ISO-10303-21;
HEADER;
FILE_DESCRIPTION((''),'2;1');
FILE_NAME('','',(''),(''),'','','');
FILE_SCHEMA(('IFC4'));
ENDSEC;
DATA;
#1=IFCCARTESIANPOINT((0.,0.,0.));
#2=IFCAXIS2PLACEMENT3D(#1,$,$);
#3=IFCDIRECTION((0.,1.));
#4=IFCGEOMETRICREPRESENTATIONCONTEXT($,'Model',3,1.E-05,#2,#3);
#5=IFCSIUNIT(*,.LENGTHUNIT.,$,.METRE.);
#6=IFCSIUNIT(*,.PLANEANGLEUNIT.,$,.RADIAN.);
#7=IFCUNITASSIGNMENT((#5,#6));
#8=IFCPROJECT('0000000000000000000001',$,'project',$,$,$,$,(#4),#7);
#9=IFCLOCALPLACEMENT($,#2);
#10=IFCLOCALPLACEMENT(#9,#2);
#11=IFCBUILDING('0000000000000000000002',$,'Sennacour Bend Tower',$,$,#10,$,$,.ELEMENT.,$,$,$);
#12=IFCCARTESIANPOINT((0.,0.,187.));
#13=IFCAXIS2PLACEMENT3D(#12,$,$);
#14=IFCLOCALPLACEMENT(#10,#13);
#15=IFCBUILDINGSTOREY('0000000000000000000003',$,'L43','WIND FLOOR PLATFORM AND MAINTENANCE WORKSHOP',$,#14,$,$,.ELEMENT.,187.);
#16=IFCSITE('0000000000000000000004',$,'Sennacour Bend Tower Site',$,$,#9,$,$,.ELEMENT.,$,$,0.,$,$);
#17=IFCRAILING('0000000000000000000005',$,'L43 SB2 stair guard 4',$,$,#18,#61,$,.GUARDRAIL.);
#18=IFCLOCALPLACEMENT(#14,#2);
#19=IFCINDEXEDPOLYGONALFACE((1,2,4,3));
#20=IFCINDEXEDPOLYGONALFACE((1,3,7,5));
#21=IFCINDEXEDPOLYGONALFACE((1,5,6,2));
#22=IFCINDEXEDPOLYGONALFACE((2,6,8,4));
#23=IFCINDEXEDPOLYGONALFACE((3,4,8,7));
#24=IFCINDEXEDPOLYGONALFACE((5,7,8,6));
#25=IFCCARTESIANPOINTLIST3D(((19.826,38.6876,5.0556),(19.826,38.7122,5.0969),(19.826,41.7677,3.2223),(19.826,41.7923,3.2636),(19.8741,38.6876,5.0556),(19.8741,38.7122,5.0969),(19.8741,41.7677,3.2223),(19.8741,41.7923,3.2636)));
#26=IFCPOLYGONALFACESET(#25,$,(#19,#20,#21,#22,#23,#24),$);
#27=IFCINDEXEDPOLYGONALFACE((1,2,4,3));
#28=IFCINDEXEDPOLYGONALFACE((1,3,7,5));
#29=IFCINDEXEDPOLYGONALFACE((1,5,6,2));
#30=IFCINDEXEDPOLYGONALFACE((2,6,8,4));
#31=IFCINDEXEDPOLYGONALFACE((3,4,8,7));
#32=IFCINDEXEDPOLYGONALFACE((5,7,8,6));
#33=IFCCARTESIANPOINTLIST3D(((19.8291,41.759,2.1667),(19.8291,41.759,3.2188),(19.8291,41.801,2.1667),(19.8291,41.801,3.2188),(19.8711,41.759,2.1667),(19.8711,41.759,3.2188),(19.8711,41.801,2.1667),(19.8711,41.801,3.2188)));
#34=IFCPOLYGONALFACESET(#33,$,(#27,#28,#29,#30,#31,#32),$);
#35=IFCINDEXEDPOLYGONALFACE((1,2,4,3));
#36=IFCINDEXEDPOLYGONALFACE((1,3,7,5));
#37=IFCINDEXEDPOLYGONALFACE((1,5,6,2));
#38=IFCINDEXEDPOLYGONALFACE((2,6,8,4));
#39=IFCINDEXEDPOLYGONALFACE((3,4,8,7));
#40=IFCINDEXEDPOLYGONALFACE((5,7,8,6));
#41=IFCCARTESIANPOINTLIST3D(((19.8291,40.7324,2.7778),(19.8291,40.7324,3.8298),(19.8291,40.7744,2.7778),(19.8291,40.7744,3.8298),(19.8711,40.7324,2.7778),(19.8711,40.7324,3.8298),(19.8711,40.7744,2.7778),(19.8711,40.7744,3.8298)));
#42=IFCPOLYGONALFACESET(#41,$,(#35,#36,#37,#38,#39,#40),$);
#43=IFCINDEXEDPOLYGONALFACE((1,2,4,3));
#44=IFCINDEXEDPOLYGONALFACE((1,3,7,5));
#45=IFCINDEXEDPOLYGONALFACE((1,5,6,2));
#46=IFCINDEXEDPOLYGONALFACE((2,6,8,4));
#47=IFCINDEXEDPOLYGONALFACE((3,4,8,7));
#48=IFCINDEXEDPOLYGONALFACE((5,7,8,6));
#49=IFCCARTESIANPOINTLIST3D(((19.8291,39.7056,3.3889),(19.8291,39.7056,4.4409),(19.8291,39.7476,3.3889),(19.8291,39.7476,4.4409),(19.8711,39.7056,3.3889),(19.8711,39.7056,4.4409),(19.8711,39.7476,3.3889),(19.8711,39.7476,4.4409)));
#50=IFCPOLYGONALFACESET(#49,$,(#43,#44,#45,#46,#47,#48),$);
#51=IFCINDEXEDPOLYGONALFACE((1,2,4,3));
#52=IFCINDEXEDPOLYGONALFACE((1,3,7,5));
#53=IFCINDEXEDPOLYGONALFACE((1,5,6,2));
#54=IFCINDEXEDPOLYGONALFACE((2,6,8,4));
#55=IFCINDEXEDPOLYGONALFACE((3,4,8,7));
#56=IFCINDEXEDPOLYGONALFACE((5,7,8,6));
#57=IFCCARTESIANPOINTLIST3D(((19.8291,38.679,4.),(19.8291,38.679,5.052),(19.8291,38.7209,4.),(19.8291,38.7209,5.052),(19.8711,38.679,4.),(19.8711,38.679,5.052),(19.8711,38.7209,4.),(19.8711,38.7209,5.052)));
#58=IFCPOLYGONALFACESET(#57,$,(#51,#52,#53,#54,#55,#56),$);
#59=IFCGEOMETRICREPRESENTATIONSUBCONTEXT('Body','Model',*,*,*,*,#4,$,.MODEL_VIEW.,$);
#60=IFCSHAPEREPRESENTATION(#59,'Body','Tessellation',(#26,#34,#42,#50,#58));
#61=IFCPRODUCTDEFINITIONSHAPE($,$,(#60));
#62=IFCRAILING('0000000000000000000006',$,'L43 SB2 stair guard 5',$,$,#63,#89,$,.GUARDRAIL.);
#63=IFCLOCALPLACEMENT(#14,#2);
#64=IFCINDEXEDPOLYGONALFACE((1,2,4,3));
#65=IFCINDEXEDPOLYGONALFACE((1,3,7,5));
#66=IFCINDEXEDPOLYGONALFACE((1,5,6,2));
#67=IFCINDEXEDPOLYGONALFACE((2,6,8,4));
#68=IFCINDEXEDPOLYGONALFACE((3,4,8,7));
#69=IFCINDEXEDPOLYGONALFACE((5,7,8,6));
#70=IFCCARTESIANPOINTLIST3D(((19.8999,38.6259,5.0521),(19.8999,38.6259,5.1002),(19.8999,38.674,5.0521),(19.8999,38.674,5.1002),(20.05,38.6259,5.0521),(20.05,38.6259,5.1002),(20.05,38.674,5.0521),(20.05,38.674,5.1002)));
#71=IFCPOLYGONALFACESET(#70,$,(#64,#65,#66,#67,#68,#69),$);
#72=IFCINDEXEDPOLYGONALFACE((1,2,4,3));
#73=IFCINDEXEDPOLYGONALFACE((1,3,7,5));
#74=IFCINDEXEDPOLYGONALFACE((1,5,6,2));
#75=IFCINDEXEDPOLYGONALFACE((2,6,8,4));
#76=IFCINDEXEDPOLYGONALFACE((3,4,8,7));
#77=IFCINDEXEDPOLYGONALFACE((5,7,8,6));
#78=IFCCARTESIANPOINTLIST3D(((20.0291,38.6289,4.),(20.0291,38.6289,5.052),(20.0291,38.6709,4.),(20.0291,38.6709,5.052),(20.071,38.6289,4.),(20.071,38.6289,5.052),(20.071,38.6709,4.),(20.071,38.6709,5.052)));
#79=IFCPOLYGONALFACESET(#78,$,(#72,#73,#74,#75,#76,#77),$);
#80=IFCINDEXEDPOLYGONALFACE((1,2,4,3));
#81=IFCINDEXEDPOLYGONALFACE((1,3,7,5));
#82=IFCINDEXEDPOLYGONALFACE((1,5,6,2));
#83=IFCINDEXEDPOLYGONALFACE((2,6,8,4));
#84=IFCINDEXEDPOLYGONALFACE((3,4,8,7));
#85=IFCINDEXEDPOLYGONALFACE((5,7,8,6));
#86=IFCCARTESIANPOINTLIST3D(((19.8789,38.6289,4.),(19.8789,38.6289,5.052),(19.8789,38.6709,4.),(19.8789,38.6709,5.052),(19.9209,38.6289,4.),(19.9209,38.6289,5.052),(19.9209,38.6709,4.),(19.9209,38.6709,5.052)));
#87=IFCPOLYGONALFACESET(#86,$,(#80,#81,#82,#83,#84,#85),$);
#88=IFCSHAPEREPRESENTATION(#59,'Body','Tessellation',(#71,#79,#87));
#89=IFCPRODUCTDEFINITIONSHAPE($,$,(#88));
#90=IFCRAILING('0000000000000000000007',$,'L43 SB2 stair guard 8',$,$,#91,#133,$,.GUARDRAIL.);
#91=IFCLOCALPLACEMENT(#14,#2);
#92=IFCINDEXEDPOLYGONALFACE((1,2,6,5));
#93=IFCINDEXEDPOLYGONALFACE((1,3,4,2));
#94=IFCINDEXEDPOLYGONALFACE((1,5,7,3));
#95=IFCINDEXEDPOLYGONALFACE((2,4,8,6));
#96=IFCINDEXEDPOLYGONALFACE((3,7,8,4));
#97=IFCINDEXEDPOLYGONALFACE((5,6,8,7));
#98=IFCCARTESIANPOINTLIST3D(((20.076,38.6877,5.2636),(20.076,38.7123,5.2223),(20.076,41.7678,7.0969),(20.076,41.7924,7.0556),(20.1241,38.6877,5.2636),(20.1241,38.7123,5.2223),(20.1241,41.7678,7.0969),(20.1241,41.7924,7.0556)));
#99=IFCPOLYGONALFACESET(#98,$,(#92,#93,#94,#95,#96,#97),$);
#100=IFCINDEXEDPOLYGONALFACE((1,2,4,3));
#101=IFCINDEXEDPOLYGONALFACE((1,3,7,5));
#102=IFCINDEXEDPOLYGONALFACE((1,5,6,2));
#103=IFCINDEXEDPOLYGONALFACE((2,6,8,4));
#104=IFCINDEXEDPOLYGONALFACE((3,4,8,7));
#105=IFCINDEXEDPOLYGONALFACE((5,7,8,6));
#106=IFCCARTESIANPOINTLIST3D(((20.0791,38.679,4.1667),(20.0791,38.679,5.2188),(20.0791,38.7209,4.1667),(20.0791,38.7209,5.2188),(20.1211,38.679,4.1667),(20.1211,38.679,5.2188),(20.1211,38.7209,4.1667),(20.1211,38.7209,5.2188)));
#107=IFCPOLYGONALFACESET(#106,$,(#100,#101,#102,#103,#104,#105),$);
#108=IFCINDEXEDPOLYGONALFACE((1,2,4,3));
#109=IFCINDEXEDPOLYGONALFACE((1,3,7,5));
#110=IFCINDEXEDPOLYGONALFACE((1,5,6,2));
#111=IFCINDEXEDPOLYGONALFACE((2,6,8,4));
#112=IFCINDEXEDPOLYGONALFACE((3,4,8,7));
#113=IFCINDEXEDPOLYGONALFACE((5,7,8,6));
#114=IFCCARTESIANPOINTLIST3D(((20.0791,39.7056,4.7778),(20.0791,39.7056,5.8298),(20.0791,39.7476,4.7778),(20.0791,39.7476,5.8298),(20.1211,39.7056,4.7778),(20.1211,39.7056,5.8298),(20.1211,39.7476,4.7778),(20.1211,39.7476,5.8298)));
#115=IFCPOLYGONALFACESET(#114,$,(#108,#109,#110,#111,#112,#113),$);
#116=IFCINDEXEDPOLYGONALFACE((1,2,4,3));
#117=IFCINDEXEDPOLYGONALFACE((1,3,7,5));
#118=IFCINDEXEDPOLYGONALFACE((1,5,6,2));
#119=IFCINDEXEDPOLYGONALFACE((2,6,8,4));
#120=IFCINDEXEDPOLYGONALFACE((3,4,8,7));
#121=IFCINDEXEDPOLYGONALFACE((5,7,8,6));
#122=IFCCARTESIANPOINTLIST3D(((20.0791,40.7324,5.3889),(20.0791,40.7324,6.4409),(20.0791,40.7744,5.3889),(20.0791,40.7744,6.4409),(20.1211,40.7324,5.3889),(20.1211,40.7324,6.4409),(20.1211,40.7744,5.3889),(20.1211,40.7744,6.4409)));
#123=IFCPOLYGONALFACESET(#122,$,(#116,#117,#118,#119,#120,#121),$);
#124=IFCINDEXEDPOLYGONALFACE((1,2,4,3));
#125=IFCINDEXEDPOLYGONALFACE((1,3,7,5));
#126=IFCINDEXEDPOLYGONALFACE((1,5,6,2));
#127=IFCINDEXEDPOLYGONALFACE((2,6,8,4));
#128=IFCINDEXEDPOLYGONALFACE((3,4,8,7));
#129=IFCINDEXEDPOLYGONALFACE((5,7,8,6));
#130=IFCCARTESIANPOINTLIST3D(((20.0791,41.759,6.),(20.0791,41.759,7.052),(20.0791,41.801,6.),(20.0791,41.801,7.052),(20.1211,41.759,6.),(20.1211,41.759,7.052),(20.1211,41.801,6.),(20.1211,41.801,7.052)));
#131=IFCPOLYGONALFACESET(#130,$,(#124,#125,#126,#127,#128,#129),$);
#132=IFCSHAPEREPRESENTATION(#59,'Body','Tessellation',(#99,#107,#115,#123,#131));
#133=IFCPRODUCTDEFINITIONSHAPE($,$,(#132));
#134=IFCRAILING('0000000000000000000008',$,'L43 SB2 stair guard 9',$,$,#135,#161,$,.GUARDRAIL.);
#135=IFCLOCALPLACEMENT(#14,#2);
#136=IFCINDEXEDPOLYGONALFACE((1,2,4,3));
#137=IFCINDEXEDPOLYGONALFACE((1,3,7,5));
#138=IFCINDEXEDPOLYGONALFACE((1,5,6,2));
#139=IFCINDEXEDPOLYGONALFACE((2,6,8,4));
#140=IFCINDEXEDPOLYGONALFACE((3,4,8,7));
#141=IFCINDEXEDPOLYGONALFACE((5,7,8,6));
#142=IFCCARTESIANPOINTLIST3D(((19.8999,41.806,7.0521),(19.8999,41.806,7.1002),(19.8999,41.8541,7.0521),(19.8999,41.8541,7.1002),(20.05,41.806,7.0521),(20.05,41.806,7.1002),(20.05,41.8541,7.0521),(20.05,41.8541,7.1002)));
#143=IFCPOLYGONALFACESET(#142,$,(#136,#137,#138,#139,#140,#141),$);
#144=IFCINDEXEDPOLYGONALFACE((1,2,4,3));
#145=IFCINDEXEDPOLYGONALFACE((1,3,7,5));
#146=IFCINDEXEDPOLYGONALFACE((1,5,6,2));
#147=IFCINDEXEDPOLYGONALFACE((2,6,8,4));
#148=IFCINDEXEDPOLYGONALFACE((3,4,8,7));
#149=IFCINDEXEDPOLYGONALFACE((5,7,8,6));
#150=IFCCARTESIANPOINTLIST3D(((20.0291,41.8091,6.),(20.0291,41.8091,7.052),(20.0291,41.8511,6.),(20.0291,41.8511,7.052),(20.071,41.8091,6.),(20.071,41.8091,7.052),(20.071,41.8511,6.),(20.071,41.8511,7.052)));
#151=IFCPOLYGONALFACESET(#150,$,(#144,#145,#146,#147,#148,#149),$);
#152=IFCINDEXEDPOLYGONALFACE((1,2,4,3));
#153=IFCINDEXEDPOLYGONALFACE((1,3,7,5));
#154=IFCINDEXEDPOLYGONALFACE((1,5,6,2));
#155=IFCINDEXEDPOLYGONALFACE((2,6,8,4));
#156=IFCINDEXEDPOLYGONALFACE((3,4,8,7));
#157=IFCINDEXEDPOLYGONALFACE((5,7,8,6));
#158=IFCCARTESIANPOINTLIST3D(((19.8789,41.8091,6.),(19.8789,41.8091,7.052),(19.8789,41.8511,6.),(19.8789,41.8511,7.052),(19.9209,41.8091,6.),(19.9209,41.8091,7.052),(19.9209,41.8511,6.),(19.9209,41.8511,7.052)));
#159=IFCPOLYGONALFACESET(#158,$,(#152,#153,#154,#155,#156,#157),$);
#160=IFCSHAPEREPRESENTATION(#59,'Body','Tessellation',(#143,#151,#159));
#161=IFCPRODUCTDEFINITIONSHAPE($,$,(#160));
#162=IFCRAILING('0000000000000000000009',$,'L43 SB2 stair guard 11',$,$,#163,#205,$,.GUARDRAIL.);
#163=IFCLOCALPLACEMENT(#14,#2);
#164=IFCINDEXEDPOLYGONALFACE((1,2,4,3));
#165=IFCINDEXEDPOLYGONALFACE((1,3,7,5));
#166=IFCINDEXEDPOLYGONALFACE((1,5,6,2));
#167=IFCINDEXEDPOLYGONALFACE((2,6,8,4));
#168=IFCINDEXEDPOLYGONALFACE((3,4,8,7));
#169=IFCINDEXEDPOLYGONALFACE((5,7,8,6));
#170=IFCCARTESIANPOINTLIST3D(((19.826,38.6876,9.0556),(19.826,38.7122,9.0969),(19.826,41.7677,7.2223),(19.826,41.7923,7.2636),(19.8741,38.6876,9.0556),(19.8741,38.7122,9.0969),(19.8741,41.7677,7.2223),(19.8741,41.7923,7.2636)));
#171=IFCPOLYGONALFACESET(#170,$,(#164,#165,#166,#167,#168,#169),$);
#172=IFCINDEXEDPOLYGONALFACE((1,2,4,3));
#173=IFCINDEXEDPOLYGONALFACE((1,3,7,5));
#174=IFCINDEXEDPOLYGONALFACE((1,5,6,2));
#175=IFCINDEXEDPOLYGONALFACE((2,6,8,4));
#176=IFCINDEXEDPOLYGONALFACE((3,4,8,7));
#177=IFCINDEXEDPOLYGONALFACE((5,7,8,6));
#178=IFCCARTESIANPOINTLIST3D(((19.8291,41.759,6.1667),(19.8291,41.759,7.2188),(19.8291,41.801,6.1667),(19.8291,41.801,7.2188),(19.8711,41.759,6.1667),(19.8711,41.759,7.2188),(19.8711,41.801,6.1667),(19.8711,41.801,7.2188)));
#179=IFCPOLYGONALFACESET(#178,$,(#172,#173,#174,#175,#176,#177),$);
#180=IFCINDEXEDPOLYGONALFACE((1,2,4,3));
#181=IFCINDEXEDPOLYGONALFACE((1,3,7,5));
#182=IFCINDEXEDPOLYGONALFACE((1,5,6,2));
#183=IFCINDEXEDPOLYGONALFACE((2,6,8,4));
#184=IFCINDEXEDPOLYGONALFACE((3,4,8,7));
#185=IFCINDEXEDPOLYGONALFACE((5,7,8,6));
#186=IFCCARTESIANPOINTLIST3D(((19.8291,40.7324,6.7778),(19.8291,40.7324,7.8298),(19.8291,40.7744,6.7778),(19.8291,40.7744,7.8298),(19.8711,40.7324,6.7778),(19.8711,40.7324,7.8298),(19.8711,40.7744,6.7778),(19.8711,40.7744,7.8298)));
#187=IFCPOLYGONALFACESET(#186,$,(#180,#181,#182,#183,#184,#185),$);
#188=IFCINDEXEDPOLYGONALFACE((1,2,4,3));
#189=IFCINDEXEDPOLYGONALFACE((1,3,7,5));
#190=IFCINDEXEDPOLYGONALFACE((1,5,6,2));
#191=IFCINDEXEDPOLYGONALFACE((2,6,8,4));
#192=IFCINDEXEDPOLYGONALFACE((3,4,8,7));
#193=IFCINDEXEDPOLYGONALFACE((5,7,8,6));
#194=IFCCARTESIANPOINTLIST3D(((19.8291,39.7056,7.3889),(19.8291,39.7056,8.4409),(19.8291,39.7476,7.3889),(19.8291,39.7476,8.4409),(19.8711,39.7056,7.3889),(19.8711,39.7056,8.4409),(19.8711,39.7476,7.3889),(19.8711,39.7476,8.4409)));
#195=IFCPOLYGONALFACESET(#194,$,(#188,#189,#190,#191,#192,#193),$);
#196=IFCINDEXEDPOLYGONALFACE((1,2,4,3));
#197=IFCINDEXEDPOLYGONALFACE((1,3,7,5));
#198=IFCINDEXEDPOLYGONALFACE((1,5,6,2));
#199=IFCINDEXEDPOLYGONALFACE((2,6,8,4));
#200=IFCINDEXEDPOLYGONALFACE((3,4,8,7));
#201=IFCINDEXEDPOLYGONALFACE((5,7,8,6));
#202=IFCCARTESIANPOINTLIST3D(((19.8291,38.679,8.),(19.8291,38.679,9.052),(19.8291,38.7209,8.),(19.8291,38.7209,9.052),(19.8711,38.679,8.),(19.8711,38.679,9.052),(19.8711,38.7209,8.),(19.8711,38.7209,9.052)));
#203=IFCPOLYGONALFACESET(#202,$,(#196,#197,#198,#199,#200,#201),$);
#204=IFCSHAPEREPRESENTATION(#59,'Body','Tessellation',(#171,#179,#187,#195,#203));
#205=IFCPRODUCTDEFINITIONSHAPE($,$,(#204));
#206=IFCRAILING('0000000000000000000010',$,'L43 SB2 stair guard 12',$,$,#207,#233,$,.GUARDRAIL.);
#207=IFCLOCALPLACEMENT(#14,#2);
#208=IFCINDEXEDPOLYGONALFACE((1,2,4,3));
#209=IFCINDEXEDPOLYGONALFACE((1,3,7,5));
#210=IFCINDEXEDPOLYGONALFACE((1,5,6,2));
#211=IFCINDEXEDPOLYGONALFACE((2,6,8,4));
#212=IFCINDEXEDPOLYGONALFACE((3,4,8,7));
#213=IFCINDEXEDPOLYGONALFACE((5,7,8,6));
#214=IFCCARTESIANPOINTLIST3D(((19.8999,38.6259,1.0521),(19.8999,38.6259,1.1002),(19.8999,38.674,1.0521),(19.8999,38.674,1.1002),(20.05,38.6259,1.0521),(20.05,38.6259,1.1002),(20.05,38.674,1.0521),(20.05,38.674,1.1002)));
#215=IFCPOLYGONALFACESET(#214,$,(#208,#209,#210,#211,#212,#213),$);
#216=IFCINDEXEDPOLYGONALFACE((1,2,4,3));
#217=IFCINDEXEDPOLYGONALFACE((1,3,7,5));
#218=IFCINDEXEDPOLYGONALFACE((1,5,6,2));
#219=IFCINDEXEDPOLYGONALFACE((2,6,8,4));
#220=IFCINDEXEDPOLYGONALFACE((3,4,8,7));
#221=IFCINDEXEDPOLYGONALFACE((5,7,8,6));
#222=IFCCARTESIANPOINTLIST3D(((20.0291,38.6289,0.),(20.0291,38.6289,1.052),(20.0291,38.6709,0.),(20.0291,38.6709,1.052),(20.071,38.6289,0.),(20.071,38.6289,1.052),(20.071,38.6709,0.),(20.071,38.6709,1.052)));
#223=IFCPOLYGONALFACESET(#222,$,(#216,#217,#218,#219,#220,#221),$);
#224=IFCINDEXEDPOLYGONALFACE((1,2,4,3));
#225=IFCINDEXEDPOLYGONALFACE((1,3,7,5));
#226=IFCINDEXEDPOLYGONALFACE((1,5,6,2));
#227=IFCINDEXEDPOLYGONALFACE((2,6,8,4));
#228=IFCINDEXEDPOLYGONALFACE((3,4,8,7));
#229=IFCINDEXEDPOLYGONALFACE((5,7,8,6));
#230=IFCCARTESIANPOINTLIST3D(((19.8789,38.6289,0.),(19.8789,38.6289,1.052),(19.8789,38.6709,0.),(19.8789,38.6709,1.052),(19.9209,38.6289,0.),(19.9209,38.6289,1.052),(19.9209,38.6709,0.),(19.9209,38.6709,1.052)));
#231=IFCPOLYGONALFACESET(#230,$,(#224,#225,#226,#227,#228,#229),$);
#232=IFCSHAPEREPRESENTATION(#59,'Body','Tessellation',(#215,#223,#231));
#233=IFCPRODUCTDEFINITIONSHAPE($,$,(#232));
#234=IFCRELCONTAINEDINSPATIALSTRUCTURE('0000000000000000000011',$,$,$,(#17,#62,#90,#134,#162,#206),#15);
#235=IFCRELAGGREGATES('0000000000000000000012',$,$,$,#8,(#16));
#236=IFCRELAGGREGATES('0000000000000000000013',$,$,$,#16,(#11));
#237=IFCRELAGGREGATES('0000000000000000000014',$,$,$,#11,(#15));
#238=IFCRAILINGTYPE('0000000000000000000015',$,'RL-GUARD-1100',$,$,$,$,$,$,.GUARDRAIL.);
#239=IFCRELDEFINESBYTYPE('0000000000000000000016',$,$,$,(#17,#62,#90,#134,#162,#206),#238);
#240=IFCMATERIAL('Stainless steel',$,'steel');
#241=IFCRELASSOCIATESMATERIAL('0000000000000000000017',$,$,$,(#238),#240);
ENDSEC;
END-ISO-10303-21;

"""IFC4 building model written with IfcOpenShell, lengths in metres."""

from ifc_helpers import new_model, si_unit, direction, frame, origin, origin_2d, place, context, subcontext, project, spatial, rectangle, extrude, material, type_object, element, save


model = new_model("IFC4")

# Units and contexts
model_context = context("Model", 3, precision=1e-05, world=origin(), true_north=direction((0.0, 1.0)))
body_context = subcontext(model_context, "Body", "Model", "MODEL_VIEW")
ifc_project = project(units=[si_unit("LENGTHUNIT", "METRE"), si_unit("PLANEANGLEUNIT", "RADIAN")], contexts=[model_context])

# Site, building, storey
site_placement = place(None, origin())
site = spatial("IfcSite", under=ifc_project, at=site_placement, Name="Sennacour Bend Tower Site", CompositionType="ELEMENT", RefElevation=0.0)
building_placement = place(site_placement, origin())
building = spatial("IfcBuilding", under=site, at=building_placement, Name="Sennacour Bend Tower", CompositionType="ELEMENT")
storey_placement = place(building_placement, frame((0.0, 0.0, 187.0)))
storey = spatial("IfcBuildingStorey", under=building, at=storey_placement, Name="L43", Description="WIND FLOOR PLATFORM AND MAINTENANCE WORKSHOP", CompositionType="ELEMENT", Elevation=187.0)

# Railings
ifc_material_1 = material(Name="Stainless steel", Category="steel")
railing_type_1 = type_object("IfcRailingType", Name="RL-GUARD-1100", PredefinedType="GUARDRAIL", material=ifc_material_1)
railing_1_placement = place(storey_placement, frame((19.8501, 41.78, 2.1667)))
element("IfcRailing", 1, at=railing_1_placement, inside=storey, type_object=railing_type_1, Name="L43 SB2 stair guard 4", PredefinedType="GUARDRAIL", context=body_context, shape_type="SweptSolid", body=[
    extrude(rectangle(XDim=0.0481, YDim=0.0481, at=origin_2d()), frame((0.0, 0.0, 1.0762), z_axis=(0.0, -0.859309, 0.511458), x_axis=(1.0, 0.0, 0.0)), (0.0, 0.0, 1.0), 3.5845),
    extrude(rectangle(XDim=0.042, YDim=0.042, at=origin_2d()), origin(), (0.0, 0.0, 1.0), 1.052),
    extrude(rectangle(XDim=0.042, YDim=0.042, at=origin_2d()), frame((0.0, -1.0266, 0.6111)), (0.0, 0.0, 1.0), 1.052),
    extrude(rectangle(XDim=0.042, YDim=0.042, at=origin_2d()), frame((0.0, -2.0535, 1.2222)), (0.0, 0.0, 1.0), 1.052),
    extrude(rectangle(XDim=0.042, YDim=0.042, at=origin_2d()), frame((0.0, -3.0801, 1.8333)), (0.0, 0.0, 1.0), 1.052),
])
railing_2_placement = place(storey_placement, frame((20.05, 38.6499, 4.0)))
element("IfcRailing", 2, at=railing_2_placement, inside=storey, type_object=railing_type_1, Name="L43 SB2 stair guard 5", PredefinedType="GUARDRAIL", context=body_context, shape_type="SweptSolid", body=[
    extrude(rectangle(XDim=0.0481, YDim=0.0481, at=origin_2d()), frame((0.0, 0.0, 1.0762), z_axis=(-1.0, 0.0, 0.0), x_axis=(0.0, -1.0, 0.0)), (0.0, 0.0, 1.0), 0.1501),
    extrude(rectangle(XDim=0.042, YDim=0.042, at=origin_2d()), origin(), (0.0, 0.0, 1.0), 1.052),
    extrude(rectangle(XDim=0.042, YDim=0.042, at=origin_2d()), frame((-0.1501, 0.0, 0.0)), (0.0, 0.0, 1.0), 1.052),
])
railing_3_placement = place(storey_placement, frame((20.1001, 38.7, 4.1667)))
element("IfcRailing", 3, at=railing_3_placement, inside=storey, type_object=railing_type_1, Name="L43 SB2 stair guard 8", PredefinedType="GUARDRAIL", context=body_context, shape_type="SweptSolid", body=[
    extrude(rectangle(XDim=0.0481, YDim=0.0481, at=origin_2d()), frame((0.0, 0.0, 1.0762), z_axis=(0.0, 0.859309, 0.511458), x_axis=(-1.0, 0.0, 0.0)), (0.0, 0.0, 1.0), 3.5845),
    extrude(rectangle(XDim=0.042, YDim=0.042, at=origin_2d()), origin(), (0.0, 0.0, 1.0), 1.052),
    extrude(rectangle(XDim=0.042, YDim=0.042, at=origin_2d()), frame((0.0, 1.0266, 0.6111)), (0.0, 0.0, 1.0), 1.052),
    extrude(rectangle(XDim=0.042, YDim=0.042, at=origin_2d()), frame((0.0, 2.0535, 1.2222)), (0.0, 0.0, 1.0), 1.052),
    extrude(rectangle(XDim=0.042, YDim=0.042, at=origin_2d()), frame((0.0, 3.0801, 1.8333)), (0.0, 0.0, 1.0), 1.052),
])
railing_4_placement = place(storey_placement, frame((20.05, 41.8301, 6.0)))
element("IfcRailing", 4, at=railing_4_placement, inside=storey, type_object=railing_type_1, Name="L43 SB2 stair guard 9", PredefinedType="GUARDRAIL", context=body_context, shape_type="SweptSolid", body=[
    extrude(rectangle(XDim=0.0481, YDim=0.0481, at=origin_2d()), frame((0.0, 0.0, 1.0762), z_axis=(-1.0, 0.0, 0.0), x_axis=(0.0, -1.0, 0.0)), (0.0, 0.0, 1.0), 0.1501),
    extrude(rectangle(XDim=0.042, YDim=0.042, at=origin_2d()), origin(), (0.0, 0.0, 1.0), 1.052),
    extrude(rectangle(XDim=0.042, YDim=0.042, at=origin_2d()), frame((-0.1501, 0.0, 0.0)), (0.0, 0.0, 1.0), 1.052),
])
railing_5_placement = place(storey_placement, frame((19.8501, 41.78, 6.1667)))
element("IfcRailing", 5, at=railing_5_placement, inside=storey, type_object=railing_type_1, Name="L43 SB2 stair guard 11", PredefinedType="GUARDRAIL", context=body_context, shape_type="SweptSolid", body=[
    extrude(rectangle(XDim=0.0481, YDim=0.0481, at=origin_2d()), frame((0.0, 0.0, 1.0762), z_axis=(0.0, -0.859309, 0.511458), x_axis=(1.0, 0.0, 0.0)), (0.0, 0.0, 1.0), 3.5845),
    extrude(rectangle(XDim=0.042, YDim=0.042, at=origin_2d()), origin(), (0.0, 0.0, 1.0), 1.052),
    extrude(rectangle(XDim=0.042, YDim=0.042, at=origin_2d()), frame((0.0, -1.0266, 0.6111)), (0.0, 0.0, 1.0), 1.052),
    extrude(rectangle(XDim=0.042, YDim=0.042, at=origin_2d()), frame((0.0, -2.0535, 1.2222)), (0.0, 0.0, 1.0), 1.052),
    extrude(rectangle(XDim=0.042, YDim=0.042, at=origin_2d()), frame((0.0, -3.0801, 1.8333)), (0.0, 0.0, 1.0), 1.052),
])
railing_6_placement = place(storey_placement, frame((20.05, 38.6499, 0.0)))
element("IfcRailing", 6, at=railing_6_placement, inside=storey, type_object=railing_type_1, Name="L43 SB2 stair guard 12", PredefinedType="GUARDRAIL", context=body_context, shape_type="SweptSolid", body=[
    extrude(rectangle(XDim=0.0481, YDim=0.0481, at=origin_2d()), frame((0.0, 0.0, 1.0762), z_axis=(-1.0, 0.0, 0.0), x_axis=(0.0, -1.0, 0.0)), (0.0, 0.0, 1.0), 0.1501),
    extrude(rectangle(XDim=0.042, YDim=0.042, at=origin_2d()), origin(), (0.0, 0.0, 1.0), 1.052),
    extrude(rectangle(XDim=0.042, YDim=0.042, at=origin_2d()), frame((-0.1501, 0.0, 0.0)), (0.0, 0.0, 1.0), 1.052),
])

save(model, "model.ifc")
